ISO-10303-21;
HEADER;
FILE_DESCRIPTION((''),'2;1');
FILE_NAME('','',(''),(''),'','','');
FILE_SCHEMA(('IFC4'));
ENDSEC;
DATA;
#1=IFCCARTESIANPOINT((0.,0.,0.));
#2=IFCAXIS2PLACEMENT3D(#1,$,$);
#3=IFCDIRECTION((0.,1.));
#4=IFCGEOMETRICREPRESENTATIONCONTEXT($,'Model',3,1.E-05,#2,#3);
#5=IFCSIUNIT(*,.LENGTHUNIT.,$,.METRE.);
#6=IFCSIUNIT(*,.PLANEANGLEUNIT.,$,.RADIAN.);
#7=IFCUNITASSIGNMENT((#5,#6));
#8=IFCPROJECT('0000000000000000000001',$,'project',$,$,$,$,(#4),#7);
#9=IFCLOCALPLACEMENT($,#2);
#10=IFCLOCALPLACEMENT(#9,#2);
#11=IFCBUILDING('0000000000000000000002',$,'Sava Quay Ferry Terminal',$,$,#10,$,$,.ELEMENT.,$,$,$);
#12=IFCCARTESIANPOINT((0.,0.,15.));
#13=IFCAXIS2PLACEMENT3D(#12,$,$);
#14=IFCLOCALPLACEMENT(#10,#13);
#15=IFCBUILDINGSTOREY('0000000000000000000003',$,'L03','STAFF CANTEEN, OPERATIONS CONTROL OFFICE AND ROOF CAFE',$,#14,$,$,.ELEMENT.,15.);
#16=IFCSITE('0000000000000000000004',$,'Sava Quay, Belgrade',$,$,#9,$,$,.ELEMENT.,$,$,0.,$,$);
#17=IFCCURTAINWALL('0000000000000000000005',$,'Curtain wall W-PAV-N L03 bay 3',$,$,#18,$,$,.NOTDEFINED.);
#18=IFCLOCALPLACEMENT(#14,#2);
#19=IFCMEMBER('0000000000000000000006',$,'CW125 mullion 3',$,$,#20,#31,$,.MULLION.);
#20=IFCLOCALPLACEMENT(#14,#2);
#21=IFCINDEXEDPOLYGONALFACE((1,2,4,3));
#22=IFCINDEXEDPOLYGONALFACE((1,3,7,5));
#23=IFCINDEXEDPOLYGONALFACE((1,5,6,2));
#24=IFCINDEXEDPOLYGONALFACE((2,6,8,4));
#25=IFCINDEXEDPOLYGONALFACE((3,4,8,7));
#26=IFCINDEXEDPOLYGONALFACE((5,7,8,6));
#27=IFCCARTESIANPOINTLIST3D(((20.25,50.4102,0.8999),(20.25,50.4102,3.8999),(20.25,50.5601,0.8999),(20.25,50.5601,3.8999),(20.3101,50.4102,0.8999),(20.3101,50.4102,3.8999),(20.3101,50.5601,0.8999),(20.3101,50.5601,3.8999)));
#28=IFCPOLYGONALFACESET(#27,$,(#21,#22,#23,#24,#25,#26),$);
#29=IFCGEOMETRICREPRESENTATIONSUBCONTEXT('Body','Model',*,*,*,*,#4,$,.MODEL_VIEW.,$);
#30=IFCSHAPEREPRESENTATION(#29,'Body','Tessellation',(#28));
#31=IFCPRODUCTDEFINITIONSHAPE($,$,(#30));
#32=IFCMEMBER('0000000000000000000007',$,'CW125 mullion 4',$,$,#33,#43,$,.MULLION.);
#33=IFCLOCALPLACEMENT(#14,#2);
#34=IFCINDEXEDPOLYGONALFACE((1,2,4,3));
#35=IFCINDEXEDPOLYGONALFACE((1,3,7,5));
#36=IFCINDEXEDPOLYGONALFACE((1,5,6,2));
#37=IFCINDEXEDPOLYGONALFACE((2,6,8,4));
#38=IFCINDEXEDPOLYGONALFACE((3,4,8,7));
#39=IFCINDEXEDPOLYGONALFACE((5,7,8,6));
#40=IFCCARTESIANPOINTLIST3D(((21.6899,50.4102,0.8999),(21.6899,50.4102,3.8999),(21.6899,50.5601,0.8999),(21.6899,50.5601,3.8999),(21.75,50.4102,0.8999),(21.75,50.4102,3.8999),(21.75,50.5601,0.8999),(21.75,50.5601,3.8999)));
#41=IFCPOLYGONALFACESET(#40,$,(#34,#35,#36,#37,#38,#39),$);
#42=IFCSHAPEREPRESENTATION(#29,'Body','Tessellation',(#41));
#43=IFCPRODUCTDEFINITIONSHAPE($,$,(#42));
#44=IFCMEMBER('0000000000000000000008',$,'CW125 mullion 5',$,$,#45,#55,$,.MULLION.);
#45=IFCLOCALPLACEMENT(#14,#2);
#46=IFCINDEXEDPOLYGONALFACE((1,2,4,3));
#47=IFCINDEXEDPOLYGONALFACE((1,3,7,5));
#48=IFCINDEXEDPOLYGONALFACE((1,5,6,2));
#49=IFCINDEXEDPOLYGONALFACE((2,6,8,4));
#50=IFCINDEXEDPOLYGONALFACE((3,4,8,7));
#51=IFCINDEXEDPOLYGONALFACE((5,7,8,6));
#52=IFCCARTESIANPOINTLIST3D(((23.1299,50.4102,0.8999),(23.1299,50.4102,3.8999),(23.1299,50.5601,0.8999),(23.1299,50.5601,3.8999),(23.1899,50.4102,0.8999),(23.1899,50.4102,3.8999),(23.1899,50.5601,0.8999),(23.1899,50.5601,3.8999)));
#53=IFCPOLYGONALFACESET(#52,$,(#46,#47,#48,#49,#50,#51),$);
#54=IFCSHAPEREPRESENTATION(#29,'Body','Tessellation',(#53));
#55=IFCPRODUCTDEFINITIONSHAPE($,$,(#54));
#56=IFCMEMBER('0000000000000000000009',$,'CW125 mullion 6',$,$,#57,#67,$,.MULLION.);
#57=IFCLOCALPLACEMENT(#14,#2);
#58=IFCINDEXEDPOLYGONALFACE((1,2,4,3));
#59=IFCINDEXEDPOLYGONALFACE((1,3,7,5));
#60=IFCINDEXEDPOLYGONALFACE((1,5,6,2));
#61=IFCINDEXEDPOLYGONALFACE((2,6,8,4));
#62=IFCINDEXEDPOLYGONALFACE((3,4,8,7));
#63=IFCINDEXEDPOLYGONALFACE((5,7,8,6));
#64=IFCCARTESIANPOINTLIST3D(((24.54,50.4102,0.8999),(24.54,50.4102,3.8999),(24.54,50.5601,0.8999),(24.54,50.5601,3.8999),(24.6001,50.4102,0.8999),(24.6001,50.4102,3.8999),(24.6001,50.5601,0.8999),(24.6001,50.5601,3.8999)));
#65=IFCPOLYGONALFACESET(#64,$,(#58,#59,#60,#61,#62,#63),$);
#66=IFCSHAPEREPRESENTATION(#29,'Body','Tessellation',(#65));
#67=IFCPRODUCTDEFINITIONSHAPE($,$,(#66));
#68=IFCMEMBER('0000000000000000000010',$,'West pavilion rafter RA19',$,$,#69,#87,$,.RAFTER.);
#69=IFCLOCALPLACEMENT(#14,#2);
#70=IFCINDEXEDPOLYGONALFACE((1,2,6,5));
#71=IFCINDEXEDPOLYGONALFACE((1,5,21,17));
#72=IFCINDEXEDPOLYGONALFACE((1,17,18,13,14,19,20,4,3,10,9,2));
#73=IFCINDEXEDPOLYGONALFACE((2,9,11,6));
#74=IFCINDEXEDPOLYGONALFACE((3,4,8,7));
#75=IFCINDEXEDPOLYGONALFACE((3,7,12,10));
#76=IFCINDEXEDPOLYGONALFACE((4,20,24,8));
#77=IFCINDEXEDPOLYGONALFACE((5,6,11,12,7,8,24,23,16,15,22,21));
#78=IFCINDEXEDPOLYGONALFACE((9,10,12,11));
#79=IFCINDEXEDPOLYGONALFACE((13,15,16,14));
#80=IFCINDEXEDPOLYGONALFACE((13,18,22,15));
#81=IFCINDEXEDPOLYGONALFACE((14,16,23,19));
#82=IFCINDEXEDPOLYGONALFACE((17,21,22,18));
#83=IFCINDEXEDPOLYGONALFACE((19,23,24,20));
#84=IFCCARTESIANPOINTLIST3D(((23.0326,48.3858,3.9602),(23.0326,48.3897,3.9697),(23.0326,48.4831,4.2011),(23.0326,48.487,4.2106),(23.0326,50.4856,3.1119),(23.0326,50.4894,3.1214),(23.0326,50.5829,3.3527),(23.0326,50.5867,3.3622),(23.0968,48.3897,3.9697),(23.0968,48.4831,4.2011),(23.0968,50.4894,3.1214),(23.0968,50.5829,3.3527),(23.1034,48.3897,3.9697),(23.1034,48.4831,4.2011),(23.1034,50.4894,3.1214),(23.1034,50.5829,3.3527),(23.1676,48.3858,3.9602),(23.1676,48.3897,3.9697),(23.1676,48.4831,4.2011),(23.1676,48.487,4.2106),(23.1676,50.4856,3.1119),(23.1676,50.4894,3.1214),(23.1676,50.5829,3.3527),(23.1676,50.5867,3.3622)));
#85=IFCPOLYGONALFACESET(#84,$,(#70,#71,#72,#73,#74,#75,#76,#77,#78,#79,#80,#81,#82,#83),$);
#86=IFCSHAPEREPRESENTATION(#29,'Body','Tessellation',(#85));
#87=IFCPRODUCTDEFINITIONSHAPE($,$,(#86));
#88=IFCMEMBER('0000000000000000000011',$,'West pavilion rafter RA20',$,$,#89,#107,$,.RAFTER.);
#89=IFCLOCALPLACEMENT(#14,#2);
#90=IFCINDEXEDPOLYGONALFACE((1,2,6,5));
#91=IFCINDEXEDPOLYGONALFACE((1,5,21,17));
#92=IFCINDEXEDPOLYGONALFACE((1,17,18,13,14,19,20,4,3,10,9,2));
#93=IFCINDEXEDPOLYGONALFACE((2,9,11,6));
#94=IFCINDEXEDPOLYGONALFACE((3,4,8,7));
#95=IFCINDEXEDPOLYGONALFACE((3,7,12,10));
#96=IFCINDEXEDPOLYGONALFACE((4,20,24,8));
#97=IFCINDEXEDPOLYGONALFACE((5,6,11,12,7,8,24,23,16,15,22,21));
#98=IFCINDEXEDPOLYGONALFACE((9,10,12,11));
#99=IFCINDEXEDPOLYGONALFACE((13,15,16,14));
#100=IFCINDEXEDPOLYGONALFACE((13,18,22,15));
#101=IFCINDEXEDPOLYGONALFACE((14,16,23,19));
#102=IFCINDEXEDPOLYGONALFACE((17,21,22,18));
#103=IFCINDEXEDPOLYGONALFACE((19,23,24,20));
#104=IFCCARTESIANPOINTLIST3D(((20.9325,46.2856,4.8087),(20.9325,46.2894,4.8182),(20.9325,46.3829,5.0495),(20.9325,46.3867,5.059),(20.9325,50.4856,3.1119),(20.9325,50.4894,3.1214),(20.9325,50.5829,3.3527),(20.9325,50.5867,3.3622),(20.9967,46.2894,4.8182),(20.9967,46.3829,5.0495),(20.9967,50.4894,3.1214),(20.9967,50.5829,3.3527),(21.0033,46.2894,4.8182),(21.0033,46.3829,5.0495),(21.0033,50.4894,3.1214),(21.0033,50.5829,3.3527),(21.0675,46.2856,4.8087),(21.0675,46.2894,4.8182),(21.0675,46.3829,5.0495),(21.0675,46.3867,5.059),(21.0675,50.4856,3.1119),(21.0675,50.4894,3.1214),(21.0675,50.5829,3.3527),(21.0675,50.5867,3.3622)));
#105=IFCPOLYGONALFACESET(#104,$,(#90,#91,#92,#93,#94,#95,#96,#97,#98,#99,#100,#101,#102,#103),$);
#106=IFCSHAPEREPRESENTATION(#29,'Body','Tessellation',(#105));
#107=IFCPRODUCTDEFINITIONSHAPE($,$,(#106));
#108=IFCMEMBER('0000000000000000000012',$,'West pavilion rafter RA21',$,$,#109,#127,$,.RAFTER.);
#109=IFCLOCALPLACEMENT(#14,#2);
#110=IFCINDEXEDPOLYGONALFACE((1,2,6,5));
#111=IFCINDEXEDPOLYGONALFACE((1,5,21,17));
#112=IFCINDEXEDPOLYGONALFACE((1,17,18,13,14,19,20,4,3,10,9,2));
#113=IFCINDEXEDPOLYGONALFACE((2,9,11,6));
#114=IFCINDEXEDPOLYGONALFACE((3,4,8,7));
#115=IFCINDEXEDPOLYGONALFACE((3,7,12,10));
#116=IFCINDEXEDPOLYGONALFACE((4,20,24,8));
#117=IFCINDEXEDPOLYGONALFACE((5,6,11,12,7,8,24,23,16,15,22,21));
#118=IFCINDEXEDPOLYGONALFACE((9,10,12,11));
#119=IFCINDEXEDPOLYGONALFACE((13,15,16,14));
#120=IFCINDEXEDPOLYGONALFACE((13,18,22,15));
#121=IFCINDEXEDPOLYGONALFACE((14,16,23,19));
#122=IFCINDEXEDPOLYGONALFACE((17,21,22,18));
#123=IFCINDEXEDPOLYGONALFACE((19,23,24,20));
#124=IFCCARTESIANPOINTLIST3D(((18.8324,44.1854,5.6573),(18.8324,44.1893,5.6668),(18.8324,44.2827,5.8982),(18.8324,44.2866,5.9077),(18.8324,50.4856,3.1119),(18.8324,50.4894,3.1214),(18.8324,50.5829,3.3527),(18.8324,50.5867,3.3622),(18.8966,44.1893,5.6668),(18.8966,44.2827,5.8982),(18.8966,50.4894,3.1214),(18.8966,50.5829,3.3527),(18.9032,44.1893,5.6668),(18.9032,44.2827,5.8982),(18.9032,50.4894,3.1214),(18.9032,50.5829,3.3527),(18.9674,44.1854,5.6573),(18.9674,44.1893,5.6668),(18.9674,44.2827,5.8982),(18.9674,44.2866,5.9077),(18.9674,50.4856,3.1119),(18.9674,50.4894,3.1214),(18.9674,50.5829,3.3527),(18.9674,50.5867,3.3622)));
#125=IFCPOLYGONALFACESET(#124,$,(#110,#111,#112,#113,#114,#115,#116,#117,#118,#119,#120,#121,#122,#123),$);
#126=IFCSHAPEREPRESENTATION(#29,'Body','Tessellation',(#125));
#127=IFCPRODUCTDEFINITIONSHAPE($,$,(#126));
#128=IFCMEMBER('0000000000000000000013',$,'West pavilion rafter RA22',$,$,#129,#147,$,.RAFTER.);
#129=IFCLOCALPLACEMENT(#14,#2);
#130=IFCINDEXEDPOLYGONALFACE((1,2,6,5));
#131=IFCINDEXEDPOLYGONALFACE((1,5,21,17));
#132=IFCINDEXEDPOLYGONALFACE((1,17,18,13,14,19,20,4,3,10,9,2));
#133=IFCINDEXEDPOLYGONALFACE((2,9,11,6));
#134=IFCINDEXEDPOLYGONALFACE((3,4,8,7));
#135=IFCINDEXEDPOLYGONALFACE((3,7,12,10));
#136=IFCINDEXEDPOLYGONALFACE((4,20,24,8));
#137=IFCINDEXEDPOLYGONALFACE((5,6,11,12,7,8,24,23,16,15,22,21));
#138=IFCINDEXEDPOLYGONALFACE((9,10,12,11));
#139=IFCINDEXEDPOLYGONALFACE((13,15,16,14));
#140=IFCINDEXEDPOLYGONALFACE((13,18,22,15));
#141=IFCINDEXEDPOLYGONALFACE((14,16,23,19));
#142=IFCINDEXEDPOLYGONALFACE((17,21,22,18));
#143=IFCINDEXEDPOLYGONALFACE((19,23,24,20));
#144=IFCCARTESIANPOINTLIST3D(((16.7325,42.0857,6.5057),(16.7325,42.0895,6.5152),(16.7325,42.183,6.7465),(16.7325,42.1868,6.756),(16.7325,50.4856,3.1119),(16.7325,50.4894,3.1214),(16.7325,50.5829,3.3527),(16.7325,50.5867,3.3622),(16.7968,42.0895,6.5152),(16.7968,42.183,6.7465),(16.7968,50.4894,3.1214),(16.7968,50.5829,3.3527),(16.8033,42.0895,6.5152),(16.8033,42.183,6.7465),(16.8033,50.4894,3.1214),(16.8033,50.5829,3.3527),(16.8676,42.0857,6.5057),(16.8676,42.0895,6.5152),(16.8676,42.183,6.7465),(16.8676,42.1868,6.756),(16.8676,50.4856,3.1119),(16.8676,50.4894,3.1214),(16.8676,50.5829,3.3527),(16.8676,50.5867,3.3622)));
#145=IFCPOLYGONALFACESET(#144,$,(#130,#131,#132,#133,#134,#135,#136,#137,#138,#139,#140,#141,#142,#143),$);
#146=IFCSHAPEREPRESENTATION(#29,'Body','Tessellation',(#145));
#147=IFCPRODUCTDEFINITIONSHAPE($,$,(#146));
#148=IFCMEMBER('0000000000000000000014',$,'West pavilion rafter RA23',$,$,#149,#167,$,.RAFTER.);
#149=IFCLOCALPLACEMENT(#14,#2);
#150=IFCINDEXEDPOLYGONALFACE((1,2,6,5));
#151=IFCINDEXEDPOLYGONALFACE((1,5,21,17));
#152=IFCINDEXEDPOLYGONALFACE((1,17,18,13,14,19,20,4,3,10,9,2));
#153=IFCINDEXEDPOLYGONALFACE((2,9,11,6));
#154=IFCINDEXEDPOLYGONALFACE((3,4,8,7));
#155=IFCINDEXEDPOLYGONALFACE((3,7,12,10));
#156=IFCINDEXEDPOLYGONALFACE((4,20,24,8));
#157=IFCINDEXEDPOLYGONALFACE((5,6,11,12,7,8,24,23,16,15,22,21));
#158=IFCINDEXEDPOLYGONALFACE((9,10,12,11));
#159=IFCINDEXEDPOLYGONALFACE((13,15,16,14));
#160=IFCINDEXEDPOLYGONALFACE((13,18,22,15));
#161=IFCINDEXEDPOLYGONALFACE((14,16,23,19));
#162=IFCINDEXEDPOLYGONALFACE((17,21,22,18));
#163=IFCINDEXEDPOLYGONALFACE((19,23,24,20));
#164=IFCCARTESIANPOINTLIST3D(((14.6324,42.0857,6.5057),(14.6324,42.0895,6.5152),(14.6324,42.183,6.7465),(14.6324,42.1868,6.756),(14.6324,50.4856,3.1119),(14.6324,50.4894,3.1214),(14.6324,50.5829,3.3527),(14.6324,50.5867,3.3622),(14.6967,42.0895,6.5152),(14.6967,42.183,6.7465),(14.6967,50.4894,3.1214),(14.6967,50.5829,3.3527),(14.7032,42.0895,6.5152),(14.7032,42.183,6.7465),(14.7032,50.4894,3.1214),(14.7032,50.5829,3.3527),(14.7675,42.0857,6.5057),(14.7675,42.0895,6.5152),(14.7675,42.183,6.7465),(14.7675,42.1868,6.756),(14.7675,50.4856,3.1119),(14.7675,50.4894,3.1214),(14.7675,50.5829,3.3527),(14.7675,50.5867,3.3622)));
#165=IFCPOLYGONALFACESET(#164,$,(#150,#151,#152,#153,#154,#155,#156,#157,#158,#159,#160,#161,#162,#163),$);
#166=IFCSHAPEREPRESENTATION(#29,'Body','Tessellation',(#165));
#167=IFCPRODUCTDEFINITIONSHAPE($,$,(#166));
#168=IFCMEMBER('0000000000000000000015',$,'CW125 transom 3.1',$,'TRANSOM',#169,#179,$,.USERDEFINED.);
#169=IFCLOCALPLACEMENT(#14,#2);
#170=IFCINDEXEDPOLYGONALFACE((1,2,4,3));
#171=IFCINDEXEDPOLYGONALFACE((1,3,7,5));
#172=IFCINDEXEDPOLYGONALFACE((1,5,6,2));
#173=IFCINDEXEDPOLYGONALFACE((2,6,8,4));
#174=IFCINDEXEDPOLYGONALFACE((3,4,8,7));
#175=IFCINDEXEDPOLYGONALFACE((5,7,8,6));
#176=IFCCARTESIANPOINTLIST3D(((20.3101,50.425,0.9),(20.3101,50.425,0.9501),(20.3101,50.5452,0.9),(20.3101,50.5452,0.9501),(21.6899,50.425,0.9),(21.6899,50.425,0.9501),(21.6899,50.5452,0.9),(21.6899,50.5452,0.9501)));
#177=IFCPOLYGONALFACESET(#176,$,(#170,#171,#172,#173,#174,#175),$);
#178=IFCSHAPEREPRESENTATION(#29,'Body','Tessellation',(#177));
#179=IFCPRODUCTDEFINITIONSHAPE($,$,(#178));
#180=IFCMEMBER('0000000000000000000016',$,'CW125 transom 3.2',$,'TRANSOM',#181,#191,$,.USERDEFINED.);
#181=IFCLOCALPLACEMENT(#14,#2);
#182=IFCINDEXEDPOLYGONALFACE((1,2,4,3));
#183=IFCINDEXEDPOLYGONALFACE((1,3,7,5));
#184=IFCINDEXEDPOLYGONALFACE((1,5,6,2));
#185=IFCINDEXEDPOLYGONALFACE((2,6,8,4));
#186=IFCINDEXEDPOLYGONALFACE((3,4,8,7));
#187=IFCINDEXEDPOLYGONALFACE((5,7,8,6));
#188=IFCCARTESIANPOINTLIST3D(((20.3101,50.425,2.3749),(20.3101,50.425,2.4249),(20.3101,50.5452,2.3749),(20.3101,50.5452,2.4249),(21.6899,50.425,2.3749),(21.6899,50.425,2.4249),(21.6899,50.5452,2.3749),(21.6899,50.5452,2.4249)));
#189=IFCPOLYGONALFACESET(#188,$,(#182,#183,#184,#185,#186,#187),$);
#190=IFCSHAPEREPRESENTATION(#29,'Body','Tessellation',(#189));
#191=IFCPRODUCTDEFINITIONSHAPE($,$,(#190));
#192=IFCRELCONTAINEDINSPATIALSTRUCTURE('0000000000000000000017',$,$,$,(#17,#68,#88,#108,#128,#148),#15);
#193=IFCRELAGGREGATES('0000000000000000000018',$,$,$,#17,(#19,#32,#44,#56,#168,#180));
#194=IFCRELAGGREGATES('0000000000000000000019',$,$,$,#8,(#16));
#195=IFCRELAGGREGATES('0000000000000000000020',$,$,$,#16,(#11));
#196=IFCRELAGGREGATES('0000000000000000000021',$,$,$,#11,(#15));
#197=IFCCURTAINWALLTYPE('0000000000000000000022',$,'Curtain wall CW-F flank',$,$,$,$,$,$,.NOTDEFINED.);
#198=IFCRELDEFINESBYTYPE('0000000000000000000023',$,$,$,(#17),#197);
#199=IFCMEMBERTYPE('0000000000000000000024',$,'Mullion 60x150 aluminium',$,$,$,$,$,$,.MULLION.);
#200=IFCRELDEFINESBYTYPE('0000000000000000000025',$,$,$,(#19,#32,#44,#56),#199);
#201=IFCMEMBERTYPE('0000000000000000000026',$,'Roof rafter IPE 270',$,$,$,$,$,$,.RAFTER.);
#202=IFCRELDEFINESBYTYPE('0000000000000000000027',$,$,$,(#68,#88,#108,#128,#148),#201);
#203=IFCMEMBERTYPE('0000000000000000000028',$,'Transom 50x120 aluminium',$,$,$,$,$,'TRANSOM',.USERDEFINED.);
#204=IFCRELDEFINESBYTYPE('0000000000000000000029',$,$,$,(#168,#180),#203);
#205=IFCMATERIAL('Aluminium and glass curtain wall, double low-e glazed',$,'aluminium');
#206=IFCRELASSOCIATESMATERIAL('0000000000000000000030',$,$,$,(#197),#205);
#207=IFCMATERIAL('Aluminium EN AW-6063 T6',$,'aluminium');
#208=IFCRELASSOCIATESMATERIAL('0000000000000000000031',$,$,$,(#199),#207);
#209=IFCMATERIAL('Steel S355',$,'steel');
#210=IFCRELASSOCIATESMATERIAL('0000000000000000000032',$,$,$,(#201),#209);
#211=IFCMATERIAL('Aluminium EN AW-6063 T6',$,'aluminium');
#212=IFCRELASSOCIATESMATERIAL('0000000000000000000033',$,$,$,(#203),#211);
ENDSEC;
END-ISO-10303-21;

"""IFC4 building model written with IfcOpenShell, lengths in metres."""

from ifc_helpers import new_model, si_unit, direction, frame, origin, origin_2d, place, context, subcontext, project, spatial, rectangle, i_section, extrude, material, material_profile, profile_set, type_object, element, aggregate, save


model = new_model("IFC4")

# Units and contexts
model_context = context("Model", 3, precision=1e-05, world=origin(), true_north=direction((0.0, 1.0)))
body_context = subcontext(model_context, "Body", "Model", "MODEL_VIEW")
ifc_project = project(units=[si_unit("LENGTHUNIT", "METRE"), si_unit("PLANEANGLEUNIT", "RADIAN")], contexts=[model_context])

# Site, building, storey
site_placement = place(None, origin())
site = spatial("IfcSite", under=ifc_project, at=site_placement, Name="Sava Quay, Belgrade", CompositionType="ELEMENT", RefElevation=0.0)
building_placement = place(site_placement, origin())
building = spatial("IfcBuilding", under=site, at=building_placement, Name="Sava Quay Ferry Terminal", CompositionType="ELEMENT")
storey_placement = place(building_placement, frame((0.0, 0.0, 15.0)))
storey = spatial("IfcBuildingStorey", under=building, at=storey_placement, Name="L03", Description="STAFF CANTEEN, OPERATIONS CONTROL OFFICE AND ROOF CAFE", CompositionType="ELEMENT", Elevation=15.0)

# Curtain wall, members
ifc_material_1 = material(Name="Aluminium and glass curtain wall, double low-e glazed", Category="aluminium")
curtain_wall_type = type_object("IfcCurtainWallType", Name="Curtain wall CW-F flank", PredefinedType="NOTDEFINED", material=ifc_material_1)
curtain_wall_placement = place(storey_placement, origin())
curtain_wall = element("IfcCurtainWall", 1, at=curtain_wall_placement, inside=storey, type_object=curtain_wall_type, Name="Curtain wall W-PAV-N L03 bay 3", PredefinedType="NOTDEFINED")
ifc_material_2 = material(Name="Aluminium EN AW-6063 T6", Category="aluminium")
ifc_material_profile_1 = material_profile(ifc_material_2, rectangle(XDim=0.1499, YDim=0.0601, at=origin_2d()), Name="Mullion 60x150 aluminium")
ifc_profile_set_1 = profile_set([ifc_material_profile_1], Name="Aluminium EN AW-6063 T6")
member_type_1 = type_object("IfcMemberType", Name="Mullion 60x150 aluminium", PredefinedType="MULLION", material=ifc_profile_set_1)
member_1_placement = place(storey_placement, frame((20.28, 50.4851, 0.8999), z_axis=(0.0, 0.0, 1.0), x_axis=(0.0, 1.0, 0.0)))
member_1 = element("IfcMember", 2, at=member_1_placement, type_object=member_type_1, Name="CW125 mullion 3", PredefinedType="MULLION", context=body_context, shape_type="SweptSolid", body=[
    extrude(rectangle(XDim=0.1499, YDim=0.0601, at=origin_2d()), origin(), (0.0, 0.0, 1.0), 3.0),
])
member_2_placement = place(storey_placement, frame((21.72, 50.4851, 0.8999), z_axis=(0.0, 0.0, 1.0), x_axis=(0.0, 1.0, 0.0)))
member_2 = element("IfcMember", 3, at=member_2_placement, type_object=member_type_1, Name="CW125 mullion 4", PredefinedType="MULLION", context=body_context, shape_type="SweptSolid", body=[
    extrude(rectangle(XDim=0.1499, YDim=0.0601, at=origin_2d()), origin(), (0.0, 0.0, 1.0), 3.0),
])
member_3_placement = place(storey_placement, frame((23.1599, 50.4851, 0.8999), z_axis=(0.0, 0.0, 1.0), x_axis=(0.0, 1.0, 0.0)))
member_3 = element("IfcMember", 4, at=member_3_placement, type_object=member_type_1, Name="CW125 mullion 5", PredefinedType="MULLION", context=body_context, shape_type="SweptSolid", body=[
    extrude(rectangle(XDim=0.1499, YDim=0.0601, at=origin_2d()), origin(), (0.0, 0.0, 1.0), 3.0),
])
member_4_placement = place(storey_placement, frame((24.5701, 50.4851, 0.8999), z_axis=(0.0, 0.0, 1.0), x_axis=(0.0, 1.0, 0.0)))
member_4 = element("IfcMember", 5, at=member_4_placement, type_object=member_type_1, Name="CW125 mullion 6", PredefinedType="MULLION", context=body_context, shape_type="SweptSolid", body=[
    extrude(rectangle(XDim=0.1499, YDim=0.0601, at=origin_2d()), origin(), (0.0, 0.0, 1.0), 3.0),
])

# Members
ifc_material_3 = material(Name="Steel S355", Category="steel")
ifc_material_profile_2 = material_profile(ifc_material_3, i_section(OverallWidth=0.135, OverallDepth=0.27, WebThickness=0.0066, FlangeThickness=0.0103, at=origin_2d()), Name="IPE 270")
ifc_profile_set_2 = profile_set([ifc_material_profile_2], Name="Steel S355")
member_type_2 = type_object("IfcMemberType", Name="Roof rafter IPE 270", PredefinedType="RAFTER", material=ifc_profile_set_2)
member_5_placement = place(storey_placement, frame((23.1001, 50.5361, 3.2371), z_axis=(0.0, -0.927185, 0.374604), x_axis=(1.0, 0.0, 0.0)))
element("IfcMember", 6, at=member_5_placement, inside=storey, type_object=member_type_2, Name="West pavilion rafter RA19", PredefinedType="RAFTER", context=body_context, shape_type="SweptSolid", body=[
    extrude(i_section(OverallWidth=0.135, OverallDepth=0.27, WebThickness=0.0066, FlangeThickness=0.0103, at=origin_2d()), origin(), (0.0, 0.0, 1.0), 2.2646),
])
member_6_placement = place(storey_placement, frame((21.0, 50.5361, 3.2371), z_axis=(0.0, -0.927193, 0.374585), x_axis=(1.0, 0.0, 0.0)))
element("IfcMember", 7, at=member_6_placement, inside=storey, type_object=member_type_2, Name="West pavilion rafter RA20", PredefinedType="RAFTER", context=body_context, shape_type="SweptSolid", body=[
    extrude(i_section(OverallWidth=0.135, OverallDepth=0.27, WebThickness=0.0066, FlangeThickness=0.0103, at=origin_2d()), origin(), (0.0, 0.0, 1.0), 4.5298),
])
member_7_placement = place(storey_placement, frame((18.8999, 50.5361, 3.2371), z_axis=(0.0, -0.927183, 0.37461), x_axis=(1.0, 0.0, 0.0)))
element("IfcMember", 8, at=member_7_placement, inside=storey, type_object=member_type_2, Name="West pavilion rafter RA21", PredefinedType="RAFTER", context=body_context, shape_type="SweptSolid", body=[
    extrude(i_section(OverallWidth=0.135, OverallDepth=0.27, WebThickness=0.0066, FlangeThickness=0.0103, at=origin_2d()), origin(), (0.0, 0.0, 1.0), 6.7949),
])
for number, where, z_axis, x_axis, name in (
    (9, (16.8, 50.5361, 3.2371), (0.0, -0.927183, 0.374608), (1.0, 0.0, 0.0), "West pavilion rafter RA22"),
    (10, (14.7, 50.5361, 3.2371), (0.0, -0.927183, 0.374608), (1.0, 0.0, 0.0), "West pavilion rafter RA23"),
):
    element("IfcMember", number, at=place(storey_placement, frame(where, z_axis=z_axis, x_axis=x_axis)), inside=storey, type_object=member_type_2, Name=name, PredefinedType="RAFTER", context=body_context, shape_type="SweptSolid", body=[
        extrude(i_section(OverallWidth=0.135, OverallDepth=0.27, WebThickness=0.0066, FlangeThickness=0.0103, at=origin_2d()), origin(), (0.0, 0.0, 1.0), 9.0596),
    ])

# Members
ifc_material_4 = material(Name="Aluminium EN AW-6063 T6", Category="aluminium")
ifc_material_profile_3 = material_profile(ifc_material_4, rectangle(XDim=0.1201, YDim=0.05, at=origin_2d()), Name="Transom 50x120 aluminium")
ifc_profile_set_3 = profile_set([ifc_material_profile_3], Name="Aluminium EN AW-6063 T6")
member_type_3 = type_object("IfcMemberType", Name="Transom 50x120 aluminium", ElementType="TRANSOM", PredefinedType="USERDEFINED", material=ifc_profile_set_3)
member_8_placement = place(storey_placement, frame((20.3101, 50.4851, 0.925), z_axis=(1.0, 0.0, 0.0), x_axis=(0.0, 1.0, 0.0)))
member_8 = element("IfcMember", 11, at=member_8_placement, type_object=member_type_3, Name="CW125 transom 3.1", ObjectType="TRANSOM", PredefinedType="USERDEFINED", context=body_context, shape_type="SweptSolid", body=[
    extrude(rectangle(XDim=0.1201, YDim=0.05, at=origin_2d()), origin(), (0.0, 0.0, 1.0), 1.3799),
])
member_9_placement = place(storey_placement, frame((20.3101, 50.4851, 2.3999), z_axis=(1.0, 0.0, 0.0), x_axis=(0.0, 1.0, 0.0)))
member_9 = element("IfcMember", 12, at=member_9_placement, type_object=member_type_3, Name="CW125 transom 3.2", ObjectType="TRANSOM", PredefinedType="USERDEFINED", context=body_context, shape_type="SweptSolid", body=[
    extrude(rectangle(XDim=0.1201, YDim=0.05, at=origin_2d()), origin(), (0.0, 0.0, 1.0), 1.3799),
])

aggregate(curtain_wall, [member_1, member_2, member_3, member_4, member_8, member_9])

save(model, "model.ifc")
